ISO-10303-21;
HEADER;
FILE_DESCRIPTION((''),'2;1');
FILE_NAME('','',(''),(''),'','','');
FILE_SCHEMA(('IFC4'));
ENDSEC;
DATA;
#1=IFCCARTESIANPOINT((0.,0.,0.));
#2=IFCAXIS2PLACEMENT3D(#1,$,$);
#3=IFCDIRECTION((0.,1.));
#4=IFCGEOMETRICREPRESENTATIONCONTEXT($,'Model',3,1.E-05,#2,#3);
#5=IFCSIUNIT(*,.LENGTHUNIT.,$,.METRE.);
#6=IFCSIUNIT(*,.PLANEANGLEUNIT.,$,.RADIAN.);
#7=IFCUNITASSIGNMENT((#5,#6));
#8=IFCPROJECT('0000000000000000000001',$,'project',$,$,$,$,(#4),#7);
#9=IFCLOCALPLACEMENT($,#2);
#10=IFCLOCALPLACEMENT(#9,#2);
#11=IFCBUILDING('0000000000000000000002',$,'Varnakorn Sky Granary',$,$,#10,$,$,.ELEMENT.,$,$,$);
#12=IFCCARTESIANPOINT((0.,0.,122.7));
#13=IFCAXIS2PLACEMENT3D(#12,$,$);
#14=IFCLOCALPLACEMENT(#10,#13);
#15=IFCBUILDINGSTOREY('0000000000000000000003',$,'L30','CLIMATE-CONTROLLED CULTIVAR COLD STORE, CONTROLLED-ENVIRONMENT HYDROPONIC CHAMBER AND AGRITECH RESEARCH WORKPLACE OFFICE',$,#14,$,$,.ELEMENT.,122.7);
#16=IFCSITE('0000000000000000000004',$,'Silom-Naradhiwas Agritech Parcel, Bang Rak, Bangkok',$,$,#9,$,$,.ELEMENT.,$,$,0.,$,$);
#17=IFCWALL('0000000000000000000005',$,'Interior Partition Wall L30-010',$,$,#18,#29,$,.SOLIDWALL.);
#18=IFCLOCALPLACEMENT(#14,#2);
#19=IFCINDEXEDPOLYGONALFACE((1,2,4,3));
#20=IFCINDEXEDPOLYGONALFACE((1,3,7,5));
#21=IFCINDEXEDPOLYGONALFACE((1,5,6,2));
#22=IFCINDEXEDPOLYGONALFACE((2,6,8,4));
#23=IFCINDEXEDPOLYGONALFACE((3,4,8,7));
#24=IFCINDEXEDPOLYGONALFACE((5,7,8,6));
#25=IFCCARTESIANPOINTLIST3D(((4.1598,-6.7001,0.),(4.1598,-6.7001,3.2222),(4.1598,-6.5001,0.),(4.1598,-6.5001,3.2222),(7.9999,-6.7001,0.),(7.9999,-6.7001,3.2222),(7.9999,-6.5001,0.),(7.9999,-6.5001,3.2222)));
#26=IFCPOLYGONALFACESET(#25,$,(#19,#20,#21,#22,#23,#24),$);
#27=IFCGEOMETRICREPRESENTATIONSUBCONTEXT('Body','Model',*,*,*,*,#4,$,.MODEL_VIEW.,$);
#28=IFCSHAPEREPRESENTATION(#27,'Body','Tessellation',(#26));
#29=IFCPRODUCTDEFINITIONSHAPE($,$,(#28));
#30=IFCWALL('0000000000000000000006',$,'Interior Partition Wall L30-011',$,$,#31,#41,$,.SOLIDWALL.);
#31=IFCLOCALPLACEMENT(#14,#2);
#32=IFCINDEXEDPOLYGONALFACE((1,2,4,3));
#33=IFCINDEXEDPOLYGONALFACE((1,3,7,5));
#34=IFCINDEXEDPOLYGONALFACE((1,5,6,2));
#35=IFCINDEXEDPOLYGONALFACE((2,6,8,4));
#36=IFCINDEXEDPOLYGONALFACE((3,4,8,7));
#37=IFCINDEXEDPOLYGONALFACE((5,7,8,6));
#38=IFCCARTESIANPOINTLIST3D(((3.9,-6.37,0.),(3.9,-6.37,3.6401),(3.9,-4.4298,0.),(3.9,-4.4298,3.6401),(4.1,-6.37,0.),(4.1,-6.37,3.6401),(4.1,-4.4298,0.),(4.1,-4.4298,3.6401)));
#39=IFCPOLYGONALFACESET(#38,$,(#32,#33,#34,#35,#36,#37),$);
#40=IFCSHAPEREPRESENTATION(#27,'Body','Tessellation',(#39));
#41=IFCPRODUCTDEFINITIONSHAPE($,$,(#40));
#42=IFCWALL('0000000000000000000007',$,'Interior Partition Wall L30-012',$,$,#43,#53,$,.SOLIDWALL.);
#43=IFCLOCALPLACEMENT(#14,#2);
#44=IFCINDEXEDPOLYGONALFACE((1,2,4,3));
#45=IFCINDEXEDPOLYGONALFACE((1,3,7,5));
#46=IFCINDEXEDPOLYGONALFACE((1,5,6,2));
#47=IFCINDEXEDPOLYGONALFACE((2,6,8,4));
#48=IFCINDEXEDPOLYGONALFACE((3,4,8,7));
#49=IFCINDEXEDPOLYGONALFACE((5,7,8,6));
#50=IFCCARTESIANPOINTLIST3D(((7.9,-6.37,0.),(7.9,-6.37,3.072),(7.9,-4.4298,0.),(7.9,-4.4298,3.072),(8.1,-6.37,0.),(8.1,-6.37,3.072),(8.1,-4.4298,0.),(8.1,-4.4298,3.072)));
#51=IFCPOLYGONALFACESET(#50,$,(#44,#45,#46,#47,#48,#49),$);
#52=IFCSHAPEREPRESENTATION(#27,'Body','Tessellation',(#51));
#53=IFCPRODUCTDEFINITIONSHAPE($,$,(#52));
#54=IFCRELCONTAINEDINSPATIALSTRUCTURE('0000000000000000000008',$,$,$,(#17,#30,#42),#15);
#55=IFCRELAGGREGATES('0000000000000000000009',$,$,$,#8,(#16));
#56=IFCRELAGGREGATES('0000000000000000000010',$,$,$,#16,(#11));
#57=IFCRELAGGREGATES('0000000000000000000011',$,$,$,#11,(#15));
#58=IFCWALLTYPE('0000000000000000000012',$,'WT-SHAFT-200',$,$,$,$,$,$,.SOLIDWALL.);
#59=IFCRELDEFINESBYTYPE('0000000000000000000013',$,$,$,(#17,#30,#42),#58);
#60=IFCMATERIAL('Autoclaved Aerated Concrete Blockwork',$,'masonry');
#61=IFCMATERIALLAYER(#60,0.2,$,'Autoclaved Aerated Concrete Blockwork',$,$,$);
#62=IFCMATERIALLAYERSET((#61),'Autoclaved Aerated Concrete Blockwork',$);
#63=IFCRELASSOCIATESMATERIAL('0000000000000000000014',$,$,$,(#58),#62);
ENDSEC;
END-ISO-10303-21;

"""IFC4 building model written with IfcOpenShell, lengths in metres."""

from ifc_helpers import new_model, si_unit, direction, frame, frame_2d, origin, place, context, subcontext, project, spatial, rectangle, extrude, material, layer, layer_set, type_object, element, save


model = new_model("IFC4")

# Units and contexts
model_context = context("Model", 3, precision=1e-05, world=origin(), true_north=direction((0.0, 1.0)))
body_context = subcontext(model_context, "Body", "Model", "MODEL_VIEW")
ifc_project = project(units=[si_unit("LENGTHUNIT", "METRE"), si_unit("PLANEANGLEUNIT", "RADIAN")], contexts=[model_context])

# Site, building, storey
site_placement = place(None, origin())
site = spatial("IfcSite", under=ifc_project, at=site_placement, Name="Silom-Naradhiwas Agritech Parcel, Bang Rak, Bangkok", CompositionType="ELEMENT", RefElevation=0.0)
building_placement = place(site_placement, origin())
building = spatial("IfcBuilding", under=site, at=building_placement, Name="Varnakorn Sky Granary", CompositionType="ELEMENT")
storey_placement = place(building_placement, frame((0.0, 0.0, 122.7)))
storey = spatial("IfcBuildingStorey", under=building, at=storey_placement, Name="L30", Description="CLIMATE-CONTROLLED CULTIVAR COLD STORE, CONTROLLED-ENVIRONMENT HYDROPONIC CHAMBER AND AGRITECH RESEARCH WORKPLACE OFFICE", CompositionType="ELEMENT", Elevation=122.7)

# Shared definitions
ifc_material_1 = material(Name="Autoclaved Aerated Concrete Blockwork", Category="masonry")

# Walls
ifc_layer_1 = layer(ifc_material_1, 0.2, Name="Autoclaved Aerated Concrete Blockwork")
ifc_layer_set_1 = layer_set([ifc_layer_1], Name="Autoclaved Aerated Concrete Blockwork")
wall_type_1 = type_object("IfcWallType", Name="WT-SHAFT-200", PredefinedType="SOLIDWALL", material=ifc_layer_set_1)
wall_1_placement = place(storey_placement, frame((4.1599, -6.6001, 0.0), z_axis=(0.0, 0.0, 1.0), x_axis=(1.0, 0.0, 0.0)))
element("IfcWall", 1, at=wall_1_placement, inside=storey, type_object=wall_type_1, Name="Interior Partition Wall L30-010", PredefinedType="SOLIDWALL", context=body_context, shape_type="SweptSolid", body=[
    extrude(rectangle(XDim=3.8401, YDim=0.2, at=frame_2d((1.9199, 0.0))), origin(), (0.0, 0.0, 1.0), 3.2222),
])
wall_2_placement = place(storey_placement, frame((4.0, -6.3701, 0.0), z_axis=(0.0, 0.0, 1.0), x_axis=(0.0, 1.0, 0.0)))
element("IfcWall", 2, at=wall_2_placement, inside=storey, type_object=wall_type_1, Name="Interior Partition Wall L30-011", PredefinedType="SOLIDWALL", context=body_context, shape_type="SweptSolid", body=[
    extrude(rectangle(XDim=1.9402, YDim=0.2, at=frame_2d((0.9702, 0.0))), origin(), (0.0, 0.0, 1.0), 3.6401),
])
wall_3_placement = place(storey_placement, frame((8.0, -6.3701, 0.0), z_axis=(0.0, 0.0, 1.0), x_axis=(0.0, 1.0, 0.0)))
element("IfcWall", 3, at=wall_3_placement, inside=storey, type_object=wall_type_1, Name="Interior Partition Wall L30-012", PredefinedType="SOLIDWALL", context=body_context, shape_type="SweptSolid", body=[
    extrude(rectangle(XDim=1.9402, YDim=0.2, at=frame_2d((0.9702, 0.0))), origin(), (0.0, 0.0, 1.0), 3.072),
])

save(model, "model.ifc")
